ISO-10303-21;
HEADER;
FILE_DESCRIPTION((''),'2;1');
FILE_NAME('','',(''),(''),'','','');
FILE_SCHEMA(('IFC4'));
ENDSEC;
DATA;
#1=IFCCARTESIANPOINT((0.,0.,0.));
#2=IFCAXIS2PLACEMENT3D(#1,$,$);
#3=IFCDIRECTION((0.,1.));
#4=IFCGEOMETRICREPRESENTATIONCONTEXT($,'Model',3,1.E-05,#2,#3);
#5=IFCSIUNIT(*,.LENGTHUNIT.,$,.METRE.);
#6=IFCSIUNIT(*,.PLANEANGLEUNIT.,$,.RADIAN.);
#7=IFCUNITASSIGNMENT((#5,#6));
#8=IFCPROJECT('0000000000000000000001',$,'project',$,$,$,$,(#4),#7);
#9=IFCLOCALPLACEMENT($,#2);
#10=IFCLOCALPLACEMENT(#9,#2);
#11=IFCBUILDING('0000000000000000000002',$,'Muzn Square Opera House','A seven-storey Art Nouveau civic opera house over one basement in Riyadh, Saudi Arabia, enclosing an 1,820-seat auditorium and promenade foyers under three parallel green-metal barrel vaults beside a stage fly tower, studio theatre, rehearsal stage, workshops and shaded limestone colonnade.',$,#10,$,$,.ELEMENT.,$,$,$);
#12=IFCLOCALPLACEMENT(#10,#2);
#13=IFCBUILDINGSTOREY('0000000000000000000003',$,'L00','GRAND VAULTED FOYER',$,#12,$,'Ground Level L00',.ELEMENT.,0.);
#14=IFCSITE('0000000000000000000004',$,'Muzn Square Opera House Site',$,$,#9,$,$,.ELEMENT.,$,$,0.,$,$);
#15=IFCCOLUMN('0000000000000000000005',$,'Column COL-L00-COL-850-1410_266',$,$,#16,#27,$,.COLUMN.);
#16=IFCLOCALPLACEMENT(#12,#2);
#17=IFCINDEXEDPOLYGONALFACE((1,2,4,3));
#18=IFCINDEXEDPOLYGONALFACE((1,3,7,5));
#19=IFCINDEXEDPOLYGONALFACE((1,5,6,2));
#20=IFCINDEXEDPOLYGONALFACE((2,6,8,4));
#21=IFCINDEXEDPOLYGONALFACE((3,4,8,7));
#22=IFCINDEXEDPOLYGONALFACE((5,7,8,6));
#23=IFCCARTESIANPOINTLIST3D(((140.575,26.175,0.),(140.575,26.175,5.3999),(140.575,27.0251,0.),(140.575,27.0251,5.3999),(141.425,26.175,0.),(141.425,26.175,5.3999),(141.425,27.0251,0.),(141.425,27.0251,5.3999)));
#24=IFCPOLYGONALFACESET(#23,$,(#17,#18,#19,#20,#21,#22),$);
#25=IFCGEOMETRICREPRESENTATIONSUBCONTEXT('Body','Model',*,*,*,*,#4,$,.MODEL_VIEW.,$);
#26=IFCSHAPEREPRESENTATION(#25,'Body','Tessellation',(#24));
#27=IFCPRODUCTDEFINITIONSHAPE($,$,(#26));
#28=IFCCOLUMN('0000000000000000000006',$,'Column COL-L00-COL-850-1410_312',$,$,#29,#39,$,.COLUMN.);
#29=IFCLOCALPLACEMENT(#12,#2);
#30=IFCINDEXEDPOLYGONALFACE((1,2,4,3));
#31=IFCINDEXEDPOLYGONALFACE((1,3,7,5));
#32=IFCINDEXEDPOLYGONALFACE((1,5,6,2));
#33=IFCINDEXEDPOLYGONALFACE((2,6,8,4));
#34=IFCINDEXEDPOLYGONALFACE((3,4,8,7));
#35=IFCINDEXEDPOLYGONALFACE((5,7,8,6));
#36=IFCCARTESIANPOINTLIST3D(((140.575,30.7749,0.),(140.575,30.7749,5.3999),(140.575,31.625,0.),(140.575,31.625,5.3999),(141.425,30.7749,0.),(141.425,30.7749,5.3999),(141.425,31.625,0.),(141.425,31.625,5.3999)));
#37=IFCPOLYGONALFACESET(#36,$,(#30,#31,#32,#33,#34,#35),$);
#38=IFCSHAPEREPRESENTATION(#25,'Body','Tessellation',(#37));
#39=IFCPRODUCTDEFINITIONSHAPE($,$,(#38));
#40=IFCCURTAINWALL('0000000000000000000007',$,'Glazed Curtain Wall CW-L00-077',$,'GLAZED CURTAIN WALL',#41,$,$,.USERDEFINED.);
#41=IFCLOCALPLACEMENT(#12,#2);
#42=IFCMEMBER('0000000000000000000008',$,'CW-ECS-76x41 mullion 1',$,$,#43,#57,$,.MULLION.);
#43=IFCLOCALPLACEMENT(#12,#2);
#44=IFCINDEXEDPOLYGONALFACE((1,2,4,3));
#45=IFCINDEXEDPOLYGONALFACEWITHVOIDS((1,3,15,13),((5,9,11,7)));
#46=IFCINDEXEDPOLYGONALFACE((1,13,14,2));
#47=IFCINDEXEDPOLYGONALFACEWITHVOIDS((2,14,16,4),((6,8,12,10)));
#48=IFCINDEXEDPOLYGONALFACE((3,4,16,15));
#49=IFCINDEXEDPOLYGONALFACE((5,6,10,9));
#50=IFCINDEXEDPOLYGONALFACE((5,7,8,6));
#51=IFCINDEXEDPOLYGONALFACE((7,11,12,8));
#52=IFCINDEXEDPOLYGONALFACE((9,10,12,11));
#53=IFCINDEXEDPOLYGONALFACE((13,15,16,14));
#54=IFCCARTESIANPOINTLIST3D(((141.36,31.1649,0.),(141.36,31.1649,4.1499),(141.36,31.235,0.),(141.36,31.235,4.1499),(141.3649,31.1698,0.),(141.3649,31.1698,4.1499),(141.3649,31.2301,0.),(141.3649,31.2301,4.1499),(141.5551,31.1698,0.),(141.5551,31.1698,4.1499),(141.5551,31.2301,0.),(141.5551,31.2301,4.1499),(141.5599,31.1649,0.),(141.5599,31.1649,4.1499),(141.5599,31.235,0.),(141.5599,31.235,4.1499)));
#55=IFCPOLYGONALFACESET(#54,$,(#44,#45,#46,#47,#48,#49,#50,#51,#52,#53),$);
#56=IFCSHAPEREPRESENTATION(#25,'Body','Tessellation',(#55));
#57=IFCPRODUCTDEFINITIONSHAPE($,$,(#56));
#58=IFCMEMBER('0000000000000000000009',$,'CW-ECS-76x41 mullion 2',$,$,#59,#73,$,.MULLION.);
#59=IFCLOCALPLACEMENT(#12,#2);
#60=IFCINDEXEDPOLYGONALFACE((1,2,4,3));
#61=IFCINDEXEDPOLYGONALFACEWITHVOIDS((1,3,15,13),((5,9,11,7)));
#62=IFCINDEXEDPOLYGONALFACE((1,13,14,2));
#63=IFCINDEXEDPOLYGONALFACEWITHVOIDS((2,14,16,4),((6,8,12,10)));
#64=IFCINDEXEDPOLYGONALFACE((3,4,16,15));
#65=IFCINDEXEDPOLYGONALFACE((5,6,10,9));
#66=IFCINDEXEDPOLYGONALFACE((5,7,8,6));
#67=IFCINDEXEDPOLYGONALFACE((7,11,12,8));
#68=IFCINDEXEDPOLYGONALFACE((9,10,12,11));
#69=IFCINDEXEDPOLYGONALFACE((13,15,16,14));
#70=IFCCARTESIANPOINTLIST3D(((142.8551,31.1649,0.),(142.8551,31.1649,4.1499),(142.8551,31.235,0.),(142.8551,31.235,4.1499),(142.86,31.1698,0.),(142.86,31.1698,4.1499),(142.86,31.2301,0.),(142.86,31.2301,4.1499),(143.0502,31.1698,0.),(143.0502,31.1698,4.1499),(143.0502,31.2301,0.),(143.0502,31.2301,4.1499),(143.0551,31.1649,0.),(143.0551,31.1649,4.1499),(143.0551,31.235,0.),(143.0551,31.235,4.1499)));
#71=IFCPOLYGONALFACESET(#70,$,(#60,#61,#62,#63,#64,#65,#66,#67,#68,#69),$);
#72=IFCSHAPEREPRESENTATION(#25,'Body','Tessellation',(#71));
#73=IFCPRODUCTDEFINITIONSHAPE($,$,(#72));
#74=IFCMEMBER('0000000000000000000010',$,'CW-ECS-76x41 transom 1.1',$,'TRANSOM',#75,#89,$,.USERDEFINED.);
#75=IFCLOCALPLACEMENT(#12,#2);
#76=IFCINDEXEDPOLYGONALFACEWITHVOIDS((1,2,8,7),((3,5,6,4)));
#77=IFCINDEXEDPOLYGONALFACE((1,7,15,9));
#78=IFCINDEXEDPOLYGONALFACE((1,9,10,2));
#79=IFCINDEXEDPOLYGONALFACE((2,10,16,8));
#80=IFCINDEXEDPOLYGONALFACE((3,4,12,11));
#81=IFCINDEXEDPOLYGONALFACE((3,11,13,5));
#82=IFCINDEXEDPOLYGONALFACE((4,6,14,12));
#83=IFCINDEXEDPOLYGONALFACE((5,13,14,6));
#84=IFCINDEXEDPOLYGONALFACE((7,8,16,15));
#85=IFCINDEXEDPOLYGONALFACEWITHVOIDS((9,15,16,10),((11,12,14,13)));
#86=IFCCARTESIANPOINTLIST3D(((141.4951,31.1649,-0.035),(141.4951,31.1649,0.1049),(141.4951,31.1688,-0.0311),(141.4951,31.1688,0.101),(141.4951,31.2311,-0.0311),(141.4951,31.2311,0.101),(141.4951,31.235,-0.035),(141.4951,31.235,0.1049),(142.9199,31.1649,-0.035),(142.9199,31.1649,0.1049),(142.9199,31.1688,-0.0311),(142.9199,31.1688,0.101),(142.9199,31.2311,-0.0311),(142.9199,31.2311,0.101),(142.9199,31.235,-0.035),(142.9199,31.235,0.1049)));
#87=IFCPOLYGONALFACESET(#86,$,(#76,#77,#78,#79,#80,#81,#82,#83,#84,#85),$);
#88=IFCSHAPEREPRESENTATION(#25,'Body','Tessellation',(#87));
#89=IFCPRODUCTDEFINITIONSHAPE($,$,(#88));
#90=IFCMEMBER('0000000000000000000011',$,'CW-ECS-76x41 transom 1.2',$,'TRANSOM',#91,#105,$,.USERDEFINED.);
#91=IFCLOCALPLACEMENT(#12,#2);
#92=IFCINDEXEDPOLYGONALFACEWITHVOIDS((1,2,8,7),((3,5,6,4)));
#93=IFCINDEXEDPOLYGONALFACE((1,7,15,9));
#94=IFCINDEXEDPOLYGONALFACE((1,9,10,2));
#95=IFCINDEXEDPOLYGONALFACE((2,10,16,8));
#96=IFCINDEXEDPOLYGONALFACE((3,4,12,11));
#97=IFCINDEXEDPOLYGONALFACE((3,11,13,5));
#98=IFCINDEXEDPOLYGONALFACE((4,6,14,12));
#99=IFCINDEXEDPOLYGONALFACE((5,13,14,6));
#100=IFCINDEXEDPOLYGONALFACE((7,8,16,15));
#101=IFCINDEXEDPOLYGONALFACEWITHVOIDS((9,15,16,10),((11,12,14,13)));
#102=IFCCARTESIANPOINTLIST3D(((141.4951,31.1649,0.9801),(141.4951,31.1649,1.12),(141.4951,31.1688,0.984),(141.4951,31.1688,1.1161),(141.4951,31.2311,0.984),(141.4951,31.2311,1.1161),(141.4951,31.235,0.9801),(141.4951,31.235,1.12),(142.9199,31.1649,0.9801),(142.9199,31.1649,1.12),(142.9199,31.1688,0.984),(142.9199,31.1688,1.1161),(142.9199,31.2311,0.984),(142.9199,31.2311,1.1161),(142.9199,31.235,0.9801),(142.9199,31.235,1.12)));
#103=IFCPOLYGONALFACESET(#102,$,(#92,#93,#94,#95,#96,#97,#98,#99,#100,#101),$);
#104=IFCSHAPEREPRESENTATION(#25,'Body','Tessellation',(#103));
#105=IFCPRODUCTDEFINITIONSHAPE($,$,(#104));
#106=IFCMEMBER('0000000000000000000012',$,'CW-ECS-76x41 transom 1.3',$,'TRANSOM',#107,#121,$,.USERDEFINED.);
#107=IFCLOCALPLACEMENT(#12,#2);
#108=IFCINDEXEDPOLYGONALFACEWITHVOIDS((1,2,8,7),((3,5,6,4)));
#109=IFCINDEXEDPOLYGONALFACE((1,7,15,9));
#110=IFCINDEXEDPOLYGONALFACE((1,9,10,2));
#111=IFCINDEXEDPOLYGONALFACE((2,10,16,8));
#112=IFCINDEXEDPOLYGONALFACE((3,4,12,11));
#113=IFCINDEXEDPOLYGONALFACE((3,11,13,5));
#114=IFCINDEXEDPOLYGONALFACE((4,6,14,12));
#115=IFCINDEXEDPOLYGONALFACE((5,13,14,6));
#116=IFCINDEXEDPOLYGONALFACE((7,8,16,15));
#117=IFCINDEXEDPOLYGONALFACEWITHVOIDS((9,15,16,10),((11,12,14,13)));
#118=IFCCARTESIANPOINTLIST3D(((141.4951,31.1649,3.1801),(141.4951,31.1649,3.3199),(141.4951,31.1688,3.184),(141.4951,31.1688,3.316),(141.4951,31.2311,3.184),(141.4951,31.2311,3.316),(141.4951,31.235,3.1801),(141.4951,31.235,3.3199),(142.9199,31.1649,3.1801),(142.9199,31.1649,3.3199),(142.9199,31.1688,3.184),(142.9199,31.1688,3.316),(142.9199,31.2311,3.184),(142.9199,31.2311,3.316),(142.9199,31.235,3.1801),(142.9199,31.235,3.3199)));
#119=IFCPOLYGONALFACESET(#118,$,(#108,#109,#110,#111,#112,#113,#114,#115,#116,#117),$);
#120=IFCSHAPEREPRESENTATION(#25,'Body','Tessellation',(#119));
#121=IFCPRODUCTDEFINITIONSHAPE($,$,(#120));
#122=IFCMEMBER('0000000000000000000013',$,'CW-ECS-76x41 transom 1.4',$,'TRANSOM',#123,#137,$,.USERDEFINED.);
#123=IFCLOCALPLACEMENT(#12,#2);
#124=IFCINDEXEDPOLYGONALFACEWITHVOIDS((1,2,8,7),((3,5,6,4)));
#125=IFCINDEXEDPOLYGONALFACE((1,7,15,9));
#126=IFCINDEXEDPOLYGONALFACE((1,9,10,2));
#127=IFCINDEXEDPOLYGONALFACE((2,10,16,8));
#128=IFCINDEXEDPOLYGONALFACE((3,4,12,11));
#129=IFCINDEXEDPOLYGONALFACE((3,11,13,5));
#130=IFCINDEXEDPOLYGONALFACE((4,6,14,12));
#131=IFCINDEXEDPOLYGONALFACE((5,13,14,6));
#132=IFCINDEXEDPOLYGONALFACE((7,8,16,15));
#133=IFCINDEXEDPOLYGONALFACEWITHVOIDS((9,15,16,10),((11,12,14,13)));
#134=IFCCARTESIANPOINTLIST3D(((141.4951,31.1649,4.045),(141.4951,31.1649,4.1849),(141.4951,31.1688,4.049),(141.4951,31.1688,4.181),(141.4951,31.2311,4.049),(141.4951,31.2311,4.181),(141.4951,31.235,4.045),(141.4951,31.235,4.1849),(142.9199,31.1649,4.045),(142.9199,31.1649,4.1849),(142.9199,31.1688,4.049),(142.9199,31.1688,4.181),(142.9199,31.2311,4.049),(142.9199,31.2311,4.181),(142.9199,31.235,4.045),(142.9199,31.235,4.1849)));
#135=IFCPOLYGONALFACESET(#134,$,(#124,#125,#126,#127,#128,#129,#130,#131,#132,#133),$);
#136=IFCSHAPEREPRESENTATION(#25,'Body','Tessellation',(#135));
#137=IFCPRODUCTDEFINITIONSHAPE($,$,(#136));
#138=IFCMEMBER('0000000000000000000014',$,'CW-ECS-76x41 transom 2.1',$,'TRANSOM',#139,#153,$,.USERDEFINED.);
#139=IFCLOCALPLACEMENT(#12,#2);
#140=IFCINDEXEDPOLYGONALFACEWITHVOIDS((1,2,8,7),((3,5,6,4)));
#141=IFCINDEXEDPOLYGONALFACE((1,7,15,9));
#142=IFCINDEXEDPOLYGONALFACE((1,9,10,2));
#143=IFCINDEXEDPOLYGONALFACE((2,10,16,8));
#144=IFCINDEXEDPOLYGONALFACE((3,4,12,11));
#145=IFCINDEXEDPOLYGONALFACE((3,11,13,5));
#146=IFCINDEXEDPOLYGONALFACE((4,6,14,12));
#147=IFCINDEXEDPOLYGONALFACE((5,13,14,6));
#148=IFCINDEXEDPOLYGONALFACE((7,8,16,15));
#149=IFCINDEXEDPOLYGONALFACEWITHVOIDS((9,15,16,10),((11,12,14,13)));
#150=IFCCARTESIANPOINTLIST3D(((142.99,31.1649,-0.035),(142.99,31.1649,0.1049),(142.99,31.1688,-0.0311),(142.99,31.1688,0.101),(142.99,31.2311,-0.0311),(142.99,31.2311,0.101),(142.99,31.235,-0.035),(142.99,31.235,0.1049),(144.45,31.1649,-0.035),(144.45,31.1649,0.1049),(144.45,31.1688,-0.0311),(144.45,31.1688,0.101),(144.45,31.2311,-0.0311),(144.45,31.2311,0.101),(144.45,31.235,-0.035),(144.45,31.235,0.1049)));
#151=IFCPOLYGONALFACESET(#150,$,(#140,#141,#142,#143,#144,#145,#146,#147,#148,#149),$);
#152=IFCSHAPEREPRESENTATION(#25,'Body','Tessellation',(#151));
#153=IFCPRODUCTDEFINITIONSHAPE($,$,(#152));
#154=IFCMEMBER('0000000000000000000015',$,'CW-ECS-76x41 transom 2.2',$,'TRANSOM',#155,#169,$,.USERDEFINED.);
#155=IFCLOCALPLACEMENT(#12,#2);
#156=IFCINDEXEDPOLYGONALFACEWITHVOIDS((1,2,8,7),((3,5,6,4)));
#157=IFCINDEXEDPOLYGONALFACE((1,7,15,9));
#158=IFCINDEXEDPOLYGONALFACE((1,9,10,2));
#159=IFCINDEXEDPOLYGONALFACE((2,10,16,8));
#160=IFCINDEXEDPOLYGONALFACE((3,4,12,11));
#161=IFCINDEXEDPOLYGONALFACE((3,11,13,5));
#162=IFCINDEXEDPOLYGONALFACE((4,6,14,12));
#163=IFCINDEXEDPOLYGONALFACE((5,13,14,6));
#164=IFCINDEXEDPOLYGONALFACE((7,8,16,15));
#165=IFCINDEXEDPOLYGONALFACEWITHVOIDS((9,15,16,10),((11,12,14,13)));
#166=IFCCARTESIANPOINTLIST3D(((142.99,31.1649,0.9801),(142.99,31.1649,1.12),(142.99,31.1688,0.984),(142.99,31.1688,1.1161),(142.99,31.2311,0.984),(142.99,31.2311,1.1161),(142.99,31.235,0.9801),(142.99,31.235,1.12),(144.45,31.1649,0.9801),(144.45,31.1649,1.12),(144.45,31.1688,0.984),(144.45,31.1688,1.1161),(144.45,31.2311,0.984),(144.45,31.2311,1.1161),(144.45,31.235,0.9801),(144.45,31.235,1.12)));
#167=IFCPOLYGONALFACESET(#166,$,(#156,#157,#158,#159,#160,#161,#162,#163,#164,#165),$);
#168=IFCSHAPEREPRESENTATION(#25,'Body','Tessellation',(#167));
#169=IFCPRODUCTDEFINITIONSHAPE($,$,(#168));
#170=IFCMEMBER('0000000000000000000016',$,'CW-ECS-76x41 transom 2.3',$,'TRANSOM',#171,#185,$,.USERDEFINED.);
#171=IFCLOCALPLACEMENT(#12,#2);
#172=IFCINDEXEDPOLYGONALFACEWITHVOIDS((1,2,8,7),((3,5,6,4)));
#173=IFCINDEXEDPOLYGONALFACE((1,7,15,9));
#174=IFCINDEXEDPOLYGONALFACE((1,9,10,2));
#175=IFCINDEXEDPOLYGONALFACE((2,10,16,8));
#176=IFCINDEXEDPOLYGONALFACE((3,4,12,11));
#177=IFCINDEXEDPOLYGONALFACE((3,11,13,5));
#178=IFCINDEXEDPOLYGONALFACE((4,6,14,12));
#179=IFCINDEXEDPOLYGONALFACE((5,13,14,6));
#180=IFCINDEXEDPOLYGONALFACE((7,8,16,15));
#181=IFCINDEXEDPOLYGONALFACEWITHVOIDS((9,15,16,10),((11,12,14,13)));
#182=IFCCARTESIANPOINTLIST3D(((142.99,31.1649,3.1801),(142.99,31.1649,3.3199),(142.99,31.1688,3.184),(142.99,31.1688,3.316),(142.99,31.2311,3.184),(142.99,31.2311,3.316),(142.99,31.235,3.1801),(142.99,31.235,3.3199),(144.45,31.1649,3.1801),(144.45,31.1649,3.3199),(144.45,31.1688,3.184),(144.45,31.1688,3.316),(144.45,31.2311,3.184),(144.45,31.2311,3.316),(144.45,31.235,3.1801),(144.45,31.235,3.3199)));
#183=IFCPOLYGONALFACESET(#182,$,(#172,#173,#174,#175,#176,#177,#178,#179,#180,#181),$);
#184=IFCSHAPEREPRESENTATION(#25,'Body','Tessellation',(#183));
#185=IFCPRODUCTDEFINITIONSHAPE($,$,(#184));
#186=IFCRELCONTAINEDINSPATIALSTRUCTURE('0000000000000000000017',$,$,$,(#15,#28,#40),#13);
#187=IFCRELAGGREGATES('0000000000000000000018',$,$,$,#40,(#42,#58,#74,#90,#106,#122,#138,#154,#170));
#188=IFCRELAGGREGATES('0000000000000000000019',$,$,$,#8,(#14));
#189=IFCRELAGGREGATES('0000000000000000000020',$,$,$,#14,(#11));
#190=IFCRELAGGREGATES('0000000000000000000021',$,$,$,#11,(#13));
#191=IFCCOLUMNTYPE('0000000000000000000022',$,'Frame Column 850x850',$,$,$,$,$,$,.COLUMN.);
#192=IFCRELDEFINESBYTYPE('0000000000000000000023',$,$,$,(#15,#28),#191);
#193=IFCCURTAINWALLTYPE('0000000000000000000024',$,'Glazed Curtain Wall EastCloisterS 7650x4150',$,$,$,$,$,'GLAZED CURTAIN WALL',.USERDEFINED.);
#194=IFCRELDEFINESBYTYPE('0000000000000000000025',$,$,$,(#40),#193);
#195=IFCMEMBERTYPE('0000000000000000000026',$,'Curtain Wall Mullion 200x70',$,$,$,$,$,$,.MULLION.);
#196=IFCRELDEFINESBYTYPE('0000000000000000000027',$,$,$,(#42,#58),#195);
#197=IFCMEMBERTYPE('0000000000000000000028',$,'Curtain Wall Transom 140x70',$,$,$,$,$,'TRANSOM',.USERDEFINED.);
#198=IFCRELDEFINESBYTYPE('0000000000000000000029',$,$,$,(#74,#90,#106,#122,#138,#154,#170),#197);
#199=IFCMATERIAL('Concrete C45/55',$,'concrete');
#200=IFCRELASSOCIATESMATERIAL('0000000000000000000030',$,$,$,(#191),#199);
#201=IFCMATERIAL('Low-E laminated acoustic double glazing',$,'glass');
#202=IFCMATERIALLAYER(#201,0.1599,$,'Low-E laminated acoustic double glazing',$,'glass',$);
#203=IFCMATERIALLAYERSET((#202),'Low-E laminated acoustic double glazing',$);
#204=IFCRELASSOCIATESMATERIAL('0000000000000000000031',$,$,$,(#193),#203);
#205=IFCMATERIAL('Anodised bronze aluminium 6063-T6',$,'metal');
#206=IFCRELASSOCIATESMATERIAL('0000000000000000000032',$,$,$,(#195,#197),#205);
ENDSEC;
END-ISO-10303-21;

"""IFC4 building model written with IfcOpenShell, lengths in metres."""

from ifc_helpers import new_model, si_unit, direction, frame, origin, origin_2d, place, context, subcontext, project, spatial, rectangle, hollow_rectangle, extrude, material, layer, layer_set, material_profile, profile_set, type_object, element, aggregate, save


model = new_model("IFC4")

# Units and contexts
model_context = context("Model", 3, precision=1e-05, world=origin(), true_north=direction((0.0, 1.0)))
body_context = subcontext(model_context, "Body", "Model", "MODEL_VIEW")
ifc_project = project(units=[si_unit("LENGTHUNIT", "METRE"), si_unit("PLANEANGLEUNIT", "RADIAN")], contexts=[model_context])

# Site, building, storey
site_placement = place(None, origin())
site = spatial("IfcSite", under=ifc_project, at=site_placement, Name="Muzn Square Opera House Site", CompositionType="ELEMENT", RefElevation=0.0)
building_placement = place(site_placement, origin())
building = spatial("IfcBuilding", under=site, at=building_placement, Name="Muzn Square Opera House", Description="A seven-storey Art Nouveau civic opera house over one basement in Riyadh, Saudi Arabia, enclosing an 1,820-seat auditorium and promenade foyers under three parallel green-metal barrel vaults beside a stage fly tower, studio theatre, rehearsal stage, workshops and shaded limestone colonnade.", CompositionType="ELEMENT")
storey_placement = place(building_placement, origin())
storey = spatial("IfcBuildingStorey", under=building, at=storey_placement, Name="L00", Description="GRAND VAULTED FOYER", LongName="Ground Level L00", CompositionType="ELEMENT", Elevation=0.0)

# Columns
ifc_material_1 = material(Name="Concrete C45/55", Category="concrete")
ifc_material_profile_1 = material_profile(ifc_material_1, rectangle(XDim=0.8501, YDim=0.8501, at=origin_2d()), Name="RC 850x850", Category="concrete")
ifc_profile_set_1 = profile_set([ifc_material_profile_1], Name="Concrete C45/55")
column_type = type_object("IfcColumnType", Name="Frame Column 850x850", PredefinedType="COLUMN", material=ifc_profile_set_1)
for number, where, z_axis, x_axis, name in (
    (1, (141.0, 26.6001, 0.0), (0.0, 0.0, 1.0), (1.0, 0.0, 0.0), "Column COL-L00-COL-850-1410_266"),
    (2, (141.0, 31.2, 0.0), (0.0, 0.0, 1.0), (1.0, 0.0, 0.0), "Column COL-L00-COL-850-1410_312"),
):
    element("IfcColumn", number, at=place(storey_placement, frame(where, z_axis=z_axis, x_axis=x_axis)), inside=storey, type_object=column_type, Name=name, PredefinedType="COLUMN", context=body_context, shape_type="SweptSolid", body=[
        extrude(rectangle(XDim=0.8501, YDim=0.8501, at=origin_2d()), origin(), (0.0, 0.0, 1.0), 5.3999),
    ])

# Curtain wall, members
ifc_material_2 = material(Name="Low-E laminated acoustic double glazing", Category="glass")
ifc_layer_1 = layer(ifc_material_2, 0.1599, Name="Low-E laminated acoustic double glazing", Category="glass")
ifc_layer_set_1 = layer_set([ifc_layer_1], Name="Low-E laminated acoustic double glazing")
curtain_wall_type = type_object("IfcCurtainWallType", Name="Glazed Curtain Wall EastCloisterS 7650x4150", ElementType="GLAZED CURTAIN WALL", PredefinedType="USERDEFINED", material=ifc_layer_set_1)
curtain_wall_placement = place(storey_placement, origin())
curtain_wall = element("IfcCurtainWall", 3, at=curtain_wall_placement, inside=storey, type_object=curtain_wall_type, Name="Glazed Curtain Wall CW-L00-077", ObjectType="GLAZED CURTAIN WALL", PredefinedType="USERDEFINED")
ifc_material_3 = material(Name="Anodised bronze aluminium 6063-T6", Category="metal")
ifc_material_profile_2 = material_profile(ifc_material_3, hollow_rectangle(XDim=0.0701, YDim=0.2, WallThickness=0.0049, at=origin_2d()), Name="ALU 200x70x5", Category="metal")
ifc_profile_set_2 = profile_set([ifc_material_profile_2], Name="Anodised bronze aluminium 6063-T6")
member_type_1 = type_object("IfcMemberType", Name="Curtain Wall Mullion 200x70", PredefinedType="MULLION", material=ifc_profile_set_2)
member_1_placement = place(storey_placement, frame((141.46, 31.2, 0.0), z_axis=(0.0, 0.0, 1.0), x_axis=(0.0, 1.0, 0.0)))
member_1 = element("IfcMember", 4, at=member_1_placement, type_object=member_type_1, Name="CW-ECS-76x41 mullion 1", PredefinedType="MULLION", context=body_context, shape_type="SweptSolid", body=[
    extrude(hollow_rectangle(XDim=0.0701, YDim=0.2, WallThickness=0.0049, at=origin_2d()), origin(), (0.0, 0.0, 1.0), 4.1499),
])
member_2_placement = place(storey_placement, frame((142.9551, 31.2, 0.0), z_axis=(0.0, 0.0, 1.0), x_axis=(0.0, 1.0, 0.0)))
member_2 = element("IfcMember", 5, at=member_2_placement, type_object=member_type_1, Name="CW-ECS-76x41 mullion 2", PredefinedType="MULLION", context=body_context, shape_type="SweptSolid", body=[
    extrude(hollow_rectangle(XDim=0.0701, YDim=0.2, WallThickness=0.0049, at=origin_2d()), origin(), (0.0, 0.0, 1.0), 4.1499),
])
ifc_material_profile_3 = material_profile(ifc_material_3, hollow_rectangle(XDim=0.0701, YDim=0.1399, WallThickness=0.0039, at=origin_2d()), Name="ALU 140x70x4", Category="metal")
ifc_profile_set_3 = profile_set([ifc_material_profile_3], Name="Anodised bronze aluminium 6063-T6")
member_type_2 = type_object("IfcMemberType", Name="Curtain Wall Transom 140x70", ElementType="TRANSOM", PredefinedType="USERDEFINED", material=ifc_profile_set_3)
member_3_placement = place(storey_placement, frame((141.4951, 31.2, 0.0349), z_axis=(1.0, 0.0, 0.0), x_axis=(0.0, 1.0, 0.0)))
member_3 = element("IfcMember", 6, at=member_3_placement, type_object=member_type_2, Name="CW-ECS-76x41 transom 1.1", ObjectType="TRANSOM", PredefinedType="USERDEFINED", context=body_context, shape_type="SweptSolid", body=[
    extrude(hollow_rectangle(XDim=0.0701, YDim=0.1399, WallThickness=0.0039, at=origin_2d()), origin(), (0.0, 0.0, 1.0), 1.4248),
])
member_4_placement = place(storey_placement, frame((141.4951, 31.2, 1.05), z_axis=(1.0, 0.0, 0.0), x_axis=(0.0, 1.0, 0.0)))
member_4 = element("IfcMember", 7, at=member_4_placement, type_object=member_type_2, Name="CW-ECS-76x41 transom 1.2", ObjectType="TRANSOM", PredefinedType="USERDEFINED", context=body_context, shape_type="SweptSolid", body=[
    extrude(hollow_rectangle(XDim=0.0701, YDim=0.1399, WallThickness=0.0039, at=origin_2d()), origin(), (0.0, 0.0, 1.0), 1.4248),
])
member_5_placement = place(storey_placement, frame((141.4951, 31.2, 3.25), z_axis=(1.0, 0.0, 0.0), x_axis=(0.0, 1.0, 0.0)))
member_5 = element("IfcMember", 8, at=member_5_placement, type_object=member_type_2, Name="CW-ECS-76x41 transom 1.3", ObjectType="TRANSOM", PredefinedType="USERDEFINED", context=body_context, shape_type="SweptSolid", body=[
    extrude(hollow_rectangle(XDim=0.0701, YDim=0.1399, WallThickness=0.0039, at=origin_2d()), origin(), (0.0, 0.0, 1.0), 1.4248),
])
member_6_placement = place(storey_placement, frame((141.4951, 31.2, 4.115), z_axis=(1.0, 0.0, 0.0), x_axis=(0.0, 1.0, 0.0)))
member_6 = element("IfcMember", 9, at=member_6_placement, type_object=member_type_2, Name="CW-ECS-76x41 transom 1.4", ObjectType="TRANSOM", PredefinedType="USERDEFINED", context=body_context, shape_type="SweptSolid", body=[
    extrude(hollow_rectangle(XDim=0.0701, YDim=0.1399, WallThickness=0.0039, at=origin_2d()), origin(), (0.0, 0.0, 1.0), 1.4248),
])
member_7_placement = place(storey_placement, frame((142.99, 31.2, 0.0349), z_axis=(1.0, 0.0, 0.0), x_axis=(0.0, 1.0, 0.0)))
member_7 = element("IfcMember", 10, at=member_7_placement, type_object=member_type_2, Name="CW-ECS-76x41 transom 2.1", ObjectType="TRANSOM", PredefinedType="USERDEFINED", context=body_context, shape_type="SweptSolid", body=[
    extrude(hollow_rectangle(XDim=0.0701, YDim=0.1399, WallThickness=0.0039, at=origin_2d()), origin(), (0.0, 0.0, 1.0), 1.46),
])
member_8_placement = place(storey_placement, frame((142.99, 31.2, 1.05), z_axis=(1.0, 0.0, 0.0), x_axis=(0.0, 1.0, 0.0)))
member_8 = element("IfcMember", 11, at=member_8_placement, type_object=member_type_2, Name="CW-ECS-76x41 transom 2.2", ObjectType="TRANSOM", PredefinedType="USERDEFINED", context=body_context, shape_type="SweptSolid", body=[
    extrude(hollow_rectangle(XDim=0.0701, YDim=0.1399, WallThickness=0.0039, at=origin_2d()), origin(), (0.0, 0.0, 1.0), 1.46),
])
member_9_placement = place(storey_placement, frame((142.99, 31.2, 3.25), z_axis=(1.0, 0.0, 0.0), x_axis=(0.0, 1.0, 0.0)))
member_9 = element("IfcMember", 12, at=member_9_placement, type_object=member_type_2, Name="CW-ECS-76x41 transom 2.3", ObjectType="TRANSOM", PredefinedType="USERDEFINED", context=body_context, shape_type="SweptSolid", body=[
    extrude(hollow_rectangle(XDim=0.0701, YDim=0.1399, WallThickness=0.0039, at=origin_2d()), origin(), (0.0, 0.0, 1.0), 1.46),
])

aggregate(curtain_wall, [member_1, member_2, member_3, member_4, member_5, member_6, member_7, member_8, member_9])

save(model, "model.ifc")
